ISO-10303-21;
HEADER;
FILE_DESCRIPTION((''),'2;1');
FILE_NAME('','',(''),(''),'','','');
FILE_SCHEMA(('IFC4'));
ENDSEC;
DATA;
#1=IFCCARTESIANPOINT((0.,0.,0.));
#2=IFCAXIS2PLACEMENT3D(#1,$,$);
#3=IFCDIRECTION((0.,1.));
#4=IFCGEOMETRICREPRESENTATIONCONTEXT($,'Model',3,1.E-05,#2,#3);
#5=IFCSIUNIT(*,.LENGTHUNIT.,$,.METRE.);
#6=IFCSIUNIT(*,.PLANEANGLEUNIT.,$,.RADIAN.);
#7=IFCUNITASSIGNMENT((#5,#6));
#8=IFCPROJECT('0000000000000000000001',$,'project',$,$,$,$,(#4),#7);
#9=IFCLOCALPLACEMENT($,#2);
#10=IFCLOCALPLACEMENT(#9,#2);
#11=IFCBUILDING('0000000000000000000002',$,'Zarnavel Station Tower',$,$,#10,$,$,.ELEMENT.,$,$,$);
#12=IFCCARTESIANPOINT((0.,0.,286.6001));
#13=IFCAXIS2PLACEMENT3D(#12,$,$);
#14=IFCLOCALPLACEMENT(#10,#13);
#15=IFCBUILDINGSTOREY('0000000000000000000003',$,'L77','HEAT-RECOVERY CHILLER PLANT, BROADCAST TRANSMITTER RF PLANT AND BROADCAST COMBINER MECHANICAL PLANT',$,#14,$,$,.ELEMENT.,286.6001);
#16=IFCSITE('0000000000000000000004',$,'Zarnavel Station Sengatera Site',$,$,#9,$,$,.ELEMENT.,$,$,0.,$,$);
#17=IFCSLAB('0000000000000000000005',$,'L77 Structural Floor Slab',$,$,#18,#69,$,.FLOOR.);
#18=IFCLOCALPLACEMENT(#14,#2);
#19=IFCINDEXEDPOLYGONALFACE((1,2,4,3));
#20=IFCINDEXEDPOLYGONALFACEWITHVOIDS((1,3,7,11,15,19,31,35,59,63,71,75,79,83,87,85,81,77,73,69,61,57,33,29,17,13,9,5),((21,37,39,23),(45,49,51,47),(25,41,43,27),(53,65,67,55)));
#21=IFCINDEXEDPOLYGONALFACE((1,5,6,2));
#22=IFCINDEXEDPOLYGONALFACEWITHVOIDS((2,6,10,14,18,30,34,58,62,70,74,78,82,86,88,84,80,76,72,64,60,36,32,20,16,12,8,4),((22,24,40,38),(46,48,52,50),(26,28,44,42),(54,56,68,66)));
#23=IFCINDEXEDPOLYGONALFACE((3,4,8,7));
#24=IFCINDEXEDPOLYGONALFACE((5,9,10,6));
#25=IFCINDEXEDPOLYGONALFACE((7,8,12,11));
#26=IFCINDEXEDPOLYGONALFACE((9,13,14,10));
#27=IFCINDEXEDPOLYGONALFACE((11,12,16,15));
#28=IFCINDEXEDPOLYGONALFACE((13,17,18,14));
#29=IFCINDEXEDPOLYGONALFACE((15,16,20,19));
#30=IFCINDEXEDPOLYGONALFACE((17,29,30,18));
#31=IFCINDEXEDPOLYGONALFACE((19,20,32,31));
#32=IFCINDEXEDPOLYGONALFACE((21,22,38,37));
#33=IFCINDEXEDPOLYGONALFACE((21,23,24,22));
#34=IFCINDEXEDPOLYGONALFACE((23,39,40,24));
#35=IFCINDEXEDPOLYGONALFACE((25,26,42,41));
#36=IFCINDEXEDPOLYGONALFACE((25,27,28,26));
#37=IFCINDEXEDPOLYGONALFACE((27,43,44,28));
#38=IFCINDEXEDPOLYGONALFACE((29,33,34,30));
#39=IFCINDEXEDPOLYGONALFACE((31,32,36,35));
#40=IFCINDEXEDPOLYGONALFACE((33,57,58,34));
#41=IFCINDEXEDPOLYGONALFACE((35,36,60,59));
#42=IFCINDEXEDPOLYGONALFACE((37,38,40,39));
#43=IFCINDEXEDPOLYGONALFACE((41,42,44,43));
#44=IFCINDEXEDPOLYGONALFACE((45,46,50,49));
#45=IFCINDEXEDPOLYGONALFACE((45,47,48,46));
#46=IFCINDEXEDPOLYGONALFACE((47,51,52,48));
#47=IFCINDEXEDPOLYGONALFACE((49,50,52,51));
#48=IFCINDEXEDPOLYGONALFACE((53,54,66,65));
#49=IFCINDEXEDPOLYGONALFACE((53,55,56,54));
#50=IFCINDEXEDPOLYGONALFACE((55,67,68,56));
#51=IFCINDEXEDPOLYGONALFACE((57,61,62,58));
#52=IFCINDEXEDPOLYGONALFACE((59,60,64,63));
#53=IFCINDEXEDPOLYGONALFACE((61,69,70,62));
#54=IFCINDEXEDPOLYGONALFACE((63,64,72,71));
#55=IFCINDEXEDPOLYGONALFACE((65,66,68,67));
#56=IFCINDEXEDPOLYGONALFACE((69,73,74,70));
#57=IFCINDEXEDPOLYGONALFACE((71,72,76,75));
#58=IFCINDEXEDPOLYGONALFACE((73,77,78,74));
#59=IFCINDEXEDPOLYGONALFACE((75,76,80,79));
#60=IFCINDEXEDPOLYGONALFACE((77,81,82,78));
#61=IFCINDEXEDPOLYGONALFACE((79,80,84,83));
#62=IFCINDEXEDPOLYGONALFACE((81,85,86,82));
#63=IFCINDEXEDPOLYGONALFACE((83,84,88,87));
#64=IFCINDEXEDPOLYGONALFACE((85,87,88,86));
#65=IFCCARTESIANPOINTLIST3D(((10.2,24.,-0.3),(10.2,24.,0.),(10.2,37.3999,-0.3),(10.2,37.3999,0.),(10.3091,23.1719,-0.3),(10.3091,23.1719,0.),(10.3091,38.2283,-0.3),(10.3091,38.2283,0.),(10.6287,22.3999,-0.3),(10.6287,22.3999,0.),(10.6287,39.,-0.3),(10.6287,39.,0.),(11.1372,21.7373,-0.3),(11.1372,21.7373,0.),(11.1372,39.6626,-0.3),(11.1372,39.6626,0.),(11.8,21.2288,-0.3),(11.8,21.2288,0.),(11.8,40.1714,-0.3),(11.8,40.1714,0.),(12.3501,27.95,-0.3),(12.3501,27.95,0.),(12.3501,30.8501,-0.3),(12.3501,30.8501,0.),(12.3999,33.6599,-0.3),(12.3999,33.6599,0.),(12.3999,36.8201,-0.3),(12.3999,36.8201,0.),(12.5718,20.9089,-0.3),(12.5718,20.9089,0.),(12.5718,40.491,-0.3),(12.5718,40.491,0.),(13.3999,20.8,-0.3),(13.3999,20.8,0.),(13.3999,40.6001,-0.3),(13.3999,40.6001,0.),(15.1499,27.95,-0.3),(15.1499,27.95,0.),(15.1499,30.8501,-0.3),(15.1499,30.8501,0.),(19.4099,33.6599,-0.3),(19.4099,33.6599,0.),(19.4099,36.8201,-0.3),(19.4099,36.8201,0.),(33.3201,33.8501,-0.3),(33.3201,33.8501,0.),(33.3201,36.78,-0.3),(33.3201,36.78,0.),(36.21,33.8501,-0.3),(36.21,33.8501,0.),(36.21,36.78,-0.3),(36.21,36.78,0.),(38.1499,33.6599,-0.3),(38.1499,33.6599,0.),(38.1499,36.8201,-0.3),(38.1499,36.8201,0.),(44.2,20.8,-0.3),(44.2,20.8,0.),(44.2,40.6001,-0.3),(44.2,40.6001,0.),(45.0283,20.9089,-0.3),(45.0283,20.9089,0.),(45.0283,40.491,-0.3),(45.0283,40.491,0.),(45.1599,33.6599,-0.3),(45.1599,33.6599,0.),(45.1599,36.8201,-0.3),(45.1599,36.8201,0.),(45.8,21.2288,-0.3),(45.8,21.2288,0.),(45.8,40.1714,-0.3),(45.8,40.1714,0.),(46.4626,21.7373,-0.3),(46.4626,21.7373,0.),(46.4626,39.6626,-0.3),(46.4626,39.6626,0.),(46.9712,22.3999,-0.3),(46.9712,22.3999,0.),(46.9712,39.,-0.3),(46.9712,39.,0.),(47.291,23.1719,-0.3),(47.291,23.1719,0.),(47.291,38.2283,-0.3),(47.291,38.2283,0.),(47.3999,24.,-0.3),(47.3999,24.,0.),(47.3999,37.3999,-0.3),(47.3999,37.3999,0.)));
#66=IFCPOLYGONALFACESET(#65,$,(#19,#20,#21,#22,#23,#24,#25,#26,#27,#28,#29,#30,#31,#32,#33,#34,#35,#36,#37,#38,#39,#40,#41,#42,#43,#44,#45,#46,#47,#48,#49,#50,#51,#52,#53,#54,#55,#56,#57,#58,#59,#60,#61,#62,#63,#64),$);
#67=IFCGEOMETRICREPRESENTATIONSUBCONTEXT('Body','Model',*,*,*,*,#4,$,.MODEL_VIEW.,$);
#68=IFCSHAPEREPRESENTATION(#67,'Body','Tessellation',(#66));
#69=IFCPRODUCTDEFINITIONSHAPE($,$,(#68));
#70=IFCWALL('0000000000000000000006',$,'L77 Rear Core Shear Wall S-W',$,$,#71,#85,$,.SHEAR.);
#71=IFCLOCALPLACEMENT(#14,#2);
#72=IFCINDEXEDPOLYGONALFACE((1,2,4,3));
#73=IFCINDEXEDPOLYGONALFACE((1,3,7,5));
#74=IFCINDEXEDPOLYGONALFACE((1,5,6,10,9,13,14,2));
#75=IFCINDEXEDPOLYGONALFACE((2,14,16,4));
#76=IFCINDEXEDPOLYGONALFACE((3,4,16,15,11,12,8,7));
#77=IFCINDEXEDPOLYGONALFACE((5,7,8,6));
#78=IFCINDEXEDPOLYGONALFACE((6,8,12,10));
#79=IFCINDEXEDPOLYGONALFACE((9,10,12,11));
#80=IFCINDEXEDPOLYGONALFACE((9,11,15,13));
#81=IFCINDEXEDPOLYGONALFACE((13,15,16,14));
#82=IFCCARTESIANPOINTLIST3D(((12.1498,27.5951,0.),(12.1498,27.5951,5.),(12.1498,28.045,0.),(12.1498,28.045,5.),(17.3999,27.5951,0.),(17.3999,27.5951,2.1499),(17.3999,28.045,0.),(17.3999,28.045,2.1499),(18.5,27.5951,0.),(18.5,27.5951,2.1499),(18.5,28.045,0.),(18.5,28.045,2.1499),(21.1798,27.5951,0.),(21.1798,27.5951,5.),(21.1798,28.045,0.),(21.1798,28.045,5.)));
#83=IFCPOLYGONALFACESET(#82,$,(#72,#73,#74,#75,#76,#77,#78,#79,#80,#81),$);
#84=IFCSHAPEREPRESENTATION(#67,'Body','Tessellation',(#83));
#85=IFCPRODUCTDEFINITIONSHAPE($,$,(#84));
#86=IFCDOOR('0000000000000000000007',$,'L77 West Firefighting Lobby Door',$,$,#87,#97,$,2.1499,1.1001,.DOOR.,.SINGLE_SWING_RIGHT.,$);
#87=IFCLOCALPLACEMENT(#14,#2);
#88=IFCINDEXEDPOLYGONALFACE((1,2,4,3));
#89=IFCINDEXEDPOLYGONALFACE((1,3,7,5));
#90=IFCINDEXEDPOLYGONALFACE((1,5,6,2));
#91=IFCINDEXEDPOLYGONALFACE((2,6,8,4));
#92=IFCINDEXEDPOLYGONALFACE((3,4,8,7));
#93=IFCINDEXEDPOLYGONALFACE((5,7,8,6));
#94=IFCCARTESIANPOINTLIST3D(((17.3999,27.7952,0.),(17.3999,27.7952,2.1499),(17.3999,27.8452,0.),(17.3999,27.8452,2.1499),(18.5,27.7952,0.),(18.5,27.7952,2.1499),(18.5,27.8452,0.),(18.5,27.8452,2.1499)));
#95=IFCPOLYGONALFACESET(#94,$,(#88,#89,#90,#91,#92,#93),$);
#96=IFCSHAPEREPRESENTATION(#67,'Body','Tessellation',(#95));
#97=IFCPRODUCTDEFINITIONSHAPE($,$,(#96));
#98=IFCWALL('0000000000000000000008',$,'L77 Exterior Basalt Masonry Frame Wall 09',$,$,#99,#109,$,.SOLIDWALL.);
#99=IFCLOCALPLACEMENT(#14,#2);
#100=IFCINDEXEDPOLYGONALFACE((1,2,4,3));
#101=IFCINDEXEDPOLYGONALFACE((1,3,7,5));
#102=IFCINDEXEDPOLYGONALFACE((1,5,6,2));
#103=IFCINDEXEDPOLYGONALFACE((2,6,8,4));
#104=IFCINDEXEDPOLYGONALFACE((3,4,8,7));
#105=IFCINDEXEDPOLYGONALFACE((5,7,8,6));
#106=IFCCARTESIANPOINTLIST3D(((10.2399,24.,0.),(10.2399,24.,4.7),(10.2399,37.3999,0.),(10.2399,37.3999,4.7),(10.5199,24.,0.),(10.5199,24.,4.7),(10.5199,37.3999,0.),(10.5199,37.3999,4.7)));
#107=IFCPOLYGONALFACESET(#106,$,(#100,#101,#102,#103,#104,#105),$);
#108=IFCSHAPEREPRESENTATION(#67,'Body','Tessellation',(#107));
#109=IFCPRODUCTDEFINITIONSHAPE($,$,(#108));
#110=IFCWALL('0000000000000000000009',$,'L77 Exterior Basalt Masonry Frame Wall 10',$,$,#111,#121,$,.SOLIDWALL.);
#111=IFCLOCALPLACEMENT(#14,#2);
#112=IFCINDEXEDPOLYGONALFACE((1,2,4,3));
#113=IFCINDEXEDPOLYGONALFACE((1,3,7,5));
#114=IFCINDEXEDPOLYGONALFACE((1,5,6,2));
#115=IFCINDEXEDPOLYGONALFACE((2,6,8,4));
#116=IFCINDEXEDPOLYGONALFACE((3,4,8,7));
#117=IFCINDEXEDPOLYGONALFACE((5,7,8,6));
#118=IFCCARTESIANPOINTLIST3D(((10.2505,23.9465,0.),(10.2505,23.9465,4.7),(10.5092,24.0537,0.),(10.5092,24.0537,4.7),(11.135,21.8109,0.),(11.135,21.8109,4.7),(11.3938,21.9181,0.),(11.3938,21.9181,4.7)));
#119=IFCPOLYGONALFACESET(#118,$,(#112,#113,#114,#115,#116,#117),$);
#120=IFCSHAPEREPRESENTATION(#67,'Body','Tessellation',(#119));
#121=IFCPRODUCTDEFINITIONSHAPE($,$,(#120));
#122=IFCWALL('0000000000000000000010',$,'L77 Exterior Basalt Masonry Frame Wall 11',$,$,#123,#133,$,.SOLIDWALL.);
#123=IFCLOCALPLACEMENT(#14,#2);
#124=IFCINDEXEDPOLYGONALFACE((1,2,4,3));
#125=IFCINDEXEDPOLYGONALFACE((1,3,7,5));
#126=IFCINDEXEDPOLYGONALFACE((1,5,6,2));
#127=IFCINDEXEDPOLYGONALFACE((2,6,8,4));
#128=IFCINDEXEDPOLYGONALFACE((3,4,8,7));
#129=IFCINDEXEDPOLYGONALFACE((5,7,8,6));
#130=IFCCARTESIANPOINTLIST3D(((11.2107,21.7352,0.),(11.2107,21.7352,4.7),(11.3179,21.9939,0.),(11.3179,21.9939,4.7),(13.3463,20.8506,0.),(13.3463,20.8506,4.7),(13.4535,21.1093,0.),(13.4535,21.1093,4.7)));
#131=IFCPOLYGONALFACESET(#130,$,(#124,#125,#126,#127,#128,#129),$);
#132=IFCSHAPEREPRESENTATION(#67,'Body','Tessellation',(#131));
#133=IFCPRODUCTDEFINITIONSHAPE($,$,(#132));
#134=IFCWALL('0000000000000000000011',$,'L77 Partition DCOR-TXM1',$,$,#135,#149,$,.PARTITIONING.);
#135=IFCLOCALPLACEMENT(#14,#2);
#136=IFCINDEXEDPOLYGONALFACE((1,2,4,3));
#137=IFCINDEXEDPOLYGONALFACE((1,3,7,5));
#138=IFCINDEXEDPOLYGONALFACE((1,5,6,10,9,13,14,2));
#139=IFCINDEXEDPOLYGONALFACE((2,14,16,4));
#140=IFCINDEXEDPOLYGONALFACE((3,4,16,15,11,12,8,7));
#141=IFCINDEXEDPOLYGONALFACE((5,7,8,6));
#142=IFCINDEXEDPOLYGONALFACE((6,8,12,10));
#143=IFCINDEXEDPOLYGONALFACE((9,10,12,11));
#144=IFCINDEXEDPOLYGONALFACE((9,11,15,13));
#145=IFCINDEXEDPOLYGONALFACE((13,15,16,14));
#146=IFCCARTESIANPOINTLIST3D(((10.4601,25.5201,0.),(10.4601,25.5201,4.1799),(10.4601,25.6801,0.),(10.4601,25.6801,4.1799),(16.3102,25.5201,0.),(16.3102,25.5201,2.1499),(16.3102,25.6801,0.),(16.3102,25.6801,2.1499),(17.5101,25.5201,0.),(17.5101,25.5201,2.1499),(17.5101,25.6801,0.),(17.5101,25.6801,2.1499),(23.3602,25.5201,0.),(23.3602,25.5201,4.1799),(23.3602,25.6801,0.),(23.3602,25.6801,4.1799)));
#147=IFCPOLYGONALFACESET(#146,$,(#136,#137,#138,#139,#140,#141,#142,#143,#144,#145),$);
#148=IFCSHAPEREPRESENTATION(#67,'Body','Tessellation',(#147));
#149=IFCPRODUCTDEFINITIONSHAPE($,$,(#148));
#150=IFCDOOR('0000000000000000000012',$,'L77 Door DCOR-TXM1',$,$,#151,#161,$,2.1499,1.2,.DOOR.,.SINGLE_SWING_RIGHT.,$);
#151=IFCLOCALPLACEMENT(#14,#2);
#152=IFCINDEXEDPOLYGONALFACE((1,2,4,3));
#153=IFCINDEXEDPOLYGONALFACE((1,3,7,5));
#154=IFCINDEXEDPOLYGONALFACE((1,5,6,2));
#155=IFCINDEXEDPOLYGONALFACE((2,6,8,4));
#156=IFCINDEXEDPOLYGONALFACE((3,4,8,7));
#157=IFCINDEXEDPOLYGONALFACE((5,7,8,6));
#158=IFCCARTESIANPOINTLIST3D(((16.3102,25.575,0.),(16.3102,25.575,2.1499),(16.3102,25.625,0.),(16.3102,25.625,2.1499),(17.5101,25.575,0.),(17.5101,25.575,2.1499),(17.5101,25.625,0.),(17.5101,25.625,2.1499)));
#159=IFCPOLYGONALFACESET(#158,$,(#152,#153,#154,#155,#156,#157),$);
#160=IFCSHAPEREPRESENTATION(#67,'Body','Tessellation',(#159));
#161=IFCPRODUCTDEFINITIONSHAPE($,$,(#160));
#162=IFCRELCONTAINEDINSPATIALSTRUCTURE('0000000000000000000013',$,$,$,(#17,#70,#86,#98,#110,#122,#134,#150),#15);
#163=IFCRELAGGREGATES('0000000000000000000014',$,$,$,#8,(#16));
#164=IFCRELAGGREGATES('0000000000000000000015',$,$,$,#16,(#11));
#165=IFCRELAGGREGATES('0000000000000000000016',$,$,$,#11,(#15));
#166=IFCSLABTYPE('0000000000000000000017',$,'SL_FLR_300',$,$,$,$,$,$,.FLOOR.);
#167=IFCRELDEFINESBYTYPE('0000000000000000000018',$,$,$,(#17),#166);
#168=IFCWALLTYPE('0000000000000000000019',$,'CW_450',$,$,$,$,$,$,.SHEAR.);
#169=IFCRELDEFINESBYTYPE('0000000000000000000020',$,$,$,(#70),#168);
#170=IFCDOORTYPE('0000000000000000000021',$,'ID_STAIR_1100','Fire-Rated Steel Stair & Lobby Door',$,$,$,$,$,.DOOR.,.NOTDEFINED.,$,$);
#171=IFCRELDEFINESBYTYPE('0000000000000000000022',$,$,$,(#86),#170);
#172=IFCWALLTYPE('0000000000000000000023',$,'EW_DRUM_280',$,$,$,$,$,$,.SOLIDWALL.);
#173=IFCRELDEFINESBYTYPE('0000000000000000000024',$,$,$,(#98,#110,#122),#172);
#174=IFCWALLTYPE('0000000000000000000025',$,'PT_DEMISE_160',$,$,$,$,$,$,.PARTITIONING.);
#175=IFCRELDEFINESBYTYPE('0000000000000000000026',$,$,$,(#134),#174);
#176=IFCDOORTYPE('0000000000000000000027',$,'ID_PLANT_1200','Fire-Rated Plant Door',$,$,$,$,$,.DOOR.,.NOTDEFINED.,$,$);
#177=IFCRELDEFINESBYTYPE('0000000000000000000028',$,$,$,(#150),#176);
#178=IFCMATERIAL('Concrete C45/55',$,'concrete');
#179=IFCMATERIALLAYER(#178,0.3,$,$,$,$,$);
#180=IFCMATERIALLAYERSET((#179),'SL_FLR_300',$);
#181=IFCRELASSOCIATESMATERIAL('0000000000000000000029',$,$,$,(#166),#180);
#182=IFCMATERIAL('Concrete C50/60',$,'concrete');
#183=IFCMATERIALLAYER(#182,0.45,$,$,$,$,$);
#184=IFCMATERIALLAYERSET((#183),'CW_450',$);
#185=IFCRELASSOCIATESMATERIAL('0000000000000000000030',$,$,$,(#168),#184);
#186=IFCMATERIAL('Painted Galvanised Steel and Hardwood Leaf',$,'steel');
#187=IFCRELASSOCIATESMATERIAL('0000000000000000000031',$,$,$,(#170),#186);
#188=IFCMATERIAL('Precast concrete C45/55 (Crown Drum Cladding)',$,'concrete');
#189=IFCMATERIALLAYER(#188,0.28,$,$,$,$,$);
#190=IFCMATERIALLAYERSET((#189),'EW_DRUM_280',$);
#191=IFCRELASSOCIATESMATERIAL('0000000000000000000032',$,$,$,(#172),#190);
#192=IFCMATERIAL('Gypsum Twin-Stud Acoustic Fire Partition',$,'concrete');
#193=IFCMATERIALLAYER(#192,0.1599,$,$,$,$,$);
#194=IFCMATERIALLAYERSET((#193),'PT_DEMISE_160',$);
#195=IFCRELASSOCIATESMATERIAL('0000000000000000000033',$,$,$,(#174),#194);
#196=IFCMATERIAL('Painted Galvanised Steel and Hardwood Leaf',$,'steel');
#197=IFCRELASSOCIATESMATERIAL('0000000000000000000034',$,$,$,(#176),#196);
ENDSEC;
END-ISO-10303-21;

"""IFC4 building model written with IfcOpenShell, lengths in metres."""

from ifc_helpers import new_model, si_unit, direction, frame, frame_2d, origin, place, context, subcontext, project, spatial, polyline, rectangle, outline, extrude, material, layer, layer_set, type_object, element, fill, save


model = new_model("IFC4")

# Units and contexts
model_context = context("Model", 3, precision=1e-05, world=origin(), true_north=direction((0.0, 1.0)))
body_context = subcontext(model_context, "Body", "Model", "MODEL_VIEW")
ifc_project = project(units=[si_unit("LENGTHUNIT", "METRE"), si_unit("PLANEANGLEUNIT", "RADIAN")], contexts=[model_context])

# Site, building, storey
site_placement = place(None, origin())
site = spatial("IfcSite", under=ifc_project, at=site_placement, Name="Zarnavel Station Sengatera Site", CompositionType="ELEMENT", RefElevation=0.0)
building_placement = place(site_placement, origin())
building = spatial("IfcBuilding", under=site, at=building_placement, Name="Zarnavel Station Tower", CompositionType="ELEMENT")
storey_placement = place(building_placement, frame((0.0, 0.0, 286.6001)))
storey = spatial("IfcBuildingStorey", under=building, at=storey_placement, Name="L77", Description="HEAT-RECOVERY CHILLER PLANT, BROADCAST TRANSMITTER RF PLANT AND BROADCAST COMBINER MECHANICAL PLANT", CompositionType="ELEMENT", Elevation=286.6001)

# Slab
ifc_material_1 = material(Name="Concrete C45/55", Category="concrete")
ifc_layer_1 = layer(ifc_material_1, 0.3)
ifc_layer_set_1 = layer_set([ifc_layer_1], Name="SL_FLR_300")
slab_type = type_object("IfcSlabType", Name="SL_FLR_300", PredefinedType="FLOOR", material=ifc_layer_set_1)
slab_placement = place(storey_placement, frame((0.0, 0.0, -0.3)))
element("IfcSlab", 1, at=slab_placement, inside=storey, type_object=slab_type, Name="L77 Structural Floor Slab", PredefinedType="FLOOR", context=body_context, shape_type="SweptSolid", body=[
    extrude(outline(polyline([(44.2, 20.8), (45.0283, 20.9089), (45.8, 21.2288), (46.4626, 21.7373), (46.9712, 22.3999), (47.291, 23.1719), (47.3999, 24.0), (47.3999, 37.3999), (47.291, 38.2283), (46.9712, 39.0), (46.4626, 39.6626), (45.8, 40.1714), (45.0283, 40.491), (44.2, 40.6001), (13.3999, 40.6001), (12.5718, 40.491), (11.8, 40.1714), (11.1372, 39.6626), (10.6287, 39.0), (10.3091, 38.2283), (10.2, 37.3999), (10.2, 24.0), (10.3091, 23.1719), (10.6287, 22.3999), (11.1372, 21.7373), (11.8, 21.2288), (12.5718, 20.9089), (13.3999, 20.8), (44.2, 20.8)]), holes=[polyline([(12.3999, 33.6599), (19.4099, 33.6599), (19.4099, 36.8201), (12.3999, 36.8201), (12.3999, 33.6599)]), polyline([(38.1499, 33.6599), (45.1599, 33.6599), (45.1599, 36.8201), (38.1499, 36.8201), (38.1499, 33.6599)]), polyline([(12.3501, 27.95), (15.1499, 27.95), (15.1499, 30.8501), (12.3501, 30.8501), (12.3501, 27.95)]), polyline([(33.3201, 33.8501), (36.21, 33.8501), (36.21, 36.78), (33.3201, 36.78), (33.3201, 33.8501)])]), origin(), (0.0, 0.0, 1.0), 0.3),
])

# Wall, opening, door
ifc_material_2 = material(Name="Concrete C50/60", Category="concrete")
ifc_layer_2 = layer(ifc_material_2, 0.45)
ifc_layer_set_2 = layer_set([ifc_layer_2], Name="CW_450")
wall_type_1 = type_object("IfcWallType", Name="CW_450", PredefinedType="SHEAR", material=ifc_layer_set_2)
wall_1_placement = place(storey_placement, frame((21.1799, 27.8201, 0.0), z_axis=(0.0, 0.0, 1.0), x_axis=(-1.0, 0.0, 0.0)))
wall_1 = element("IfcWall", 2, at=wall_1_placement, inside=storey, type_object=wall_type_1, Name="L77 Rear Core Shear Wall S-W", PredefinedType="SHEAR", context=body_context, shape_type="SweptSolid", body=[
    extrude(rectangle(XDim=9.03, YDim=0.45, at=frame_2d((4.5151, 0.0))), origin(), (0.0, 0.0, 1.0), 5.0),
])
opening_1_placement = place(wall_1_placement, frame((2.6799, 0.0, 0.0)))
opening_1 = element("IfcOpeningElement", 3, at=opening_1_placement, cuts=wall_1, PredefinedType="OPENING", context=body_context, shape_type="SweptSolid", body=[
    extrude(rectangle(XDim=1.1001, YDim=2.1499, at=frame_2d((0.55, 1.075))), frame((0.0, 0.2349, 0.0), z_axis=(0.0, -1.0, 0.0), x_axis=(1.0, 0.0, 0.0)), (0.0, 0.0, 1.0), 0.47),
])
ifc_material_3 = material(Name="Painted Galvanised Steel and Hardwood Leaf", Category="steel")
door_type_1 = type_object("IfcDoorType", Name="ID_STAIR_1100", Description="Fire-Rated Steel Stair & Lobby Door", OperationType="NOTDEFINED", PredefinedType="DOOR", material=ifc_material_3)
door_1_placement = place(opening_1_placement, origin())
door_1 = element("IfcDoor", 4, at=door_1_placement, inside=storey, type_object=door_type_1, Name="L77 West Firefighting Lobby Door", OperationType="SINGLE_SWING_RIGHT", OverallHeight=2.1499, OverallWidth=1.1001, PredefinedType="DOOR", context=body_context, shape_type="SweptSolid", body=[
    extrude(rectangle(XDim=1.1001, YDim=2.1499, at=frame_2d((0.55, 1.075))), frame((0.0, 0.0249, 0.0), z_axis=(0.0, -1.0, 0.0), x_axis=(1.0, 0.0, 0.0)), (0.0, 0.0, 1.0), 0.05),
])
fill(opening_1, door_1)

# Walls
ifc_material_4 = material(Name="Precast concrete C45/55 (Crown Drum Cladding)", Category="concrete")
ifc_layer_3 = layer(ifc_material_4, 0.28)
ifc_layer_set_3 = layer_set([ifc_layer_3], Name="EW_DRUM_280")
wall_type_2 = type_object("IfcWallType", Name="EW_DRUM_280", PredefinedType="SOLIDWALL", material=ifc_layer_set_3)
wall_2_placement = place(storey_placement, frame((10.3799, 24.0, 0.0), z_axis=(0.0, 0.0, 1.0), x_axis=(0.0, 1.0, 0.0)))
element("IfcWall", 5, at=wall_2_placement, inside=storey, type_object=wall_type_2, Name="L77 Exterior Basalt Masonry Frame Wall 09", PredefinedType="SOLIDWALL", context=body_context, shape_type="SweptSolid", body=[
    extrude(rectangle(XDim=13.3999, YDim=0.28, at=frame_2d((6.7, 0.0))), origin(), (0.0, 0.0, 1.0), 4.7),
])
for number, where, z_axis, x_axis, name in (
    (6, (11.2644, 21.8645, 0.0), (0.0, 0.0, 1.0), (-0.382672, 0.923884, 0.0), "L77 Exterior Basalt Masonry Frame Wall 10"),
    (7, (13.3999, 20.98, 0.0), (0.0, 0.0, 1.0), (-0.923884, 0.382672, 0.0), "L77 Exterior Basalt Masonry Frame Wall 11"),
):
    element("IfcWall", number, at=place(storey_placement, frame(where, z_axis=z_axis, x_axis=x_axis)), inside=storey, type_object=wall_type_2, Name=name, PredefinedType="SOLIDWALL", context=body_context, shape_type="SweptSolid", body=[
        extrude(rectangle(XDim=2.3115, YDim=0.28, at=frame_2d((1.1558, 0.0))), origin(), (0.0, 0.0, 1.0), 4.7),
    ])

# Wall, opening, door
ifc_material_5 = material(Name="Gypsum Twin-Stud Acoustic Fire Partition", Category="concrete")
ifc_layer_4 = layer(ifc_material_5, 0.1599)
ifc_layer_set_4 = layer_set([ifc_layer_4], Name="PT_DEMISE_160")
wall_type_3 = type_object("IfcWallType", Name="PT_DEMISE_160", PredefinedType="PARTITIONING", material=ifc_layer_set_4)
wall_3_placement = place(storey_placement, frame((10.46, 25.6001, 0.0), z_axis=(0.0, 0.0, 1.0), x_axis=(1.0, 0.0, 0.0)))
wall_3 = element("IfcWall", 8, at=wall_3_placement, inside=storey, type_object=wall_type_3, Name="L77 Partition DCOR-TXM1", PredefinedType="PARTITIONING", context=body_context, shape_type="SweptSolid", body=[
    extrude(rectangle(XDim=12.9001, YDim=0.1599, at=frame_2d((6.4502, 0.0))), origin(), (0.0, 0.0, 1.0), 4.1799),
])
opening_2_placement = place(wall_3_placement, frame((5.8501, 0.0, 0.0)))
opening_2 = element("IfcOpeningElement", 9, at=opening_2_placement, cuts=wall_3, PredefinedType="OPENING", context=body_context, shape_type="SweptSolid", body=[
    extrude(rectangle(XDim=1.2, YDim=2.1499, at=frame_2d((0.6001, 1.075))), frame((0.0, 0.0898, 0.0), z_axis=(0.0, -1.0, 0.0), x_axis=(1.0, 0.0, 0.0)), (0.0, 0.0, 1.0), 0.1799),
])
ifc_material_6 = material(Name="Painted Galvanised Steel and Hardwood Leaf", Category="steel")
door_type_2 = type_object("IfcDoorType", Name="ID_PLANT_1200", Description="Fire-Rated Plant Door", OperationType="NOTDEFINED", PredefinedType="DOOR", material=ifc_material_6)
door_2_placement = place(opening_2_placement, origin())
door_2 = element("IfcDoor", 10, at=door_2_placement, inside=storey, type_object=door_type_2, Name="L77 Door DCOR-TXM1", OperationType="SINGLE_SWING_RIGHT", OverallHeight=2.1499, OverallWidth=1.2, PredefinedType="DOOR", context=body_context, shape_type="SweptSolid", body=[
    extrude(rectangle(XDim=1.2, YDim=2.1499, at=frame_2d((0.6001, 1.075))), frame((0.0, 0.0249, 0.0), z_axis=(0.0, -1.0, 0.0), x_axis=(1.0, 0.0, 0.0)), (0.0, 0.0, 1.0), 0.05),
])
fill(opening_2, door_2)

save(model, "model.ifc")
